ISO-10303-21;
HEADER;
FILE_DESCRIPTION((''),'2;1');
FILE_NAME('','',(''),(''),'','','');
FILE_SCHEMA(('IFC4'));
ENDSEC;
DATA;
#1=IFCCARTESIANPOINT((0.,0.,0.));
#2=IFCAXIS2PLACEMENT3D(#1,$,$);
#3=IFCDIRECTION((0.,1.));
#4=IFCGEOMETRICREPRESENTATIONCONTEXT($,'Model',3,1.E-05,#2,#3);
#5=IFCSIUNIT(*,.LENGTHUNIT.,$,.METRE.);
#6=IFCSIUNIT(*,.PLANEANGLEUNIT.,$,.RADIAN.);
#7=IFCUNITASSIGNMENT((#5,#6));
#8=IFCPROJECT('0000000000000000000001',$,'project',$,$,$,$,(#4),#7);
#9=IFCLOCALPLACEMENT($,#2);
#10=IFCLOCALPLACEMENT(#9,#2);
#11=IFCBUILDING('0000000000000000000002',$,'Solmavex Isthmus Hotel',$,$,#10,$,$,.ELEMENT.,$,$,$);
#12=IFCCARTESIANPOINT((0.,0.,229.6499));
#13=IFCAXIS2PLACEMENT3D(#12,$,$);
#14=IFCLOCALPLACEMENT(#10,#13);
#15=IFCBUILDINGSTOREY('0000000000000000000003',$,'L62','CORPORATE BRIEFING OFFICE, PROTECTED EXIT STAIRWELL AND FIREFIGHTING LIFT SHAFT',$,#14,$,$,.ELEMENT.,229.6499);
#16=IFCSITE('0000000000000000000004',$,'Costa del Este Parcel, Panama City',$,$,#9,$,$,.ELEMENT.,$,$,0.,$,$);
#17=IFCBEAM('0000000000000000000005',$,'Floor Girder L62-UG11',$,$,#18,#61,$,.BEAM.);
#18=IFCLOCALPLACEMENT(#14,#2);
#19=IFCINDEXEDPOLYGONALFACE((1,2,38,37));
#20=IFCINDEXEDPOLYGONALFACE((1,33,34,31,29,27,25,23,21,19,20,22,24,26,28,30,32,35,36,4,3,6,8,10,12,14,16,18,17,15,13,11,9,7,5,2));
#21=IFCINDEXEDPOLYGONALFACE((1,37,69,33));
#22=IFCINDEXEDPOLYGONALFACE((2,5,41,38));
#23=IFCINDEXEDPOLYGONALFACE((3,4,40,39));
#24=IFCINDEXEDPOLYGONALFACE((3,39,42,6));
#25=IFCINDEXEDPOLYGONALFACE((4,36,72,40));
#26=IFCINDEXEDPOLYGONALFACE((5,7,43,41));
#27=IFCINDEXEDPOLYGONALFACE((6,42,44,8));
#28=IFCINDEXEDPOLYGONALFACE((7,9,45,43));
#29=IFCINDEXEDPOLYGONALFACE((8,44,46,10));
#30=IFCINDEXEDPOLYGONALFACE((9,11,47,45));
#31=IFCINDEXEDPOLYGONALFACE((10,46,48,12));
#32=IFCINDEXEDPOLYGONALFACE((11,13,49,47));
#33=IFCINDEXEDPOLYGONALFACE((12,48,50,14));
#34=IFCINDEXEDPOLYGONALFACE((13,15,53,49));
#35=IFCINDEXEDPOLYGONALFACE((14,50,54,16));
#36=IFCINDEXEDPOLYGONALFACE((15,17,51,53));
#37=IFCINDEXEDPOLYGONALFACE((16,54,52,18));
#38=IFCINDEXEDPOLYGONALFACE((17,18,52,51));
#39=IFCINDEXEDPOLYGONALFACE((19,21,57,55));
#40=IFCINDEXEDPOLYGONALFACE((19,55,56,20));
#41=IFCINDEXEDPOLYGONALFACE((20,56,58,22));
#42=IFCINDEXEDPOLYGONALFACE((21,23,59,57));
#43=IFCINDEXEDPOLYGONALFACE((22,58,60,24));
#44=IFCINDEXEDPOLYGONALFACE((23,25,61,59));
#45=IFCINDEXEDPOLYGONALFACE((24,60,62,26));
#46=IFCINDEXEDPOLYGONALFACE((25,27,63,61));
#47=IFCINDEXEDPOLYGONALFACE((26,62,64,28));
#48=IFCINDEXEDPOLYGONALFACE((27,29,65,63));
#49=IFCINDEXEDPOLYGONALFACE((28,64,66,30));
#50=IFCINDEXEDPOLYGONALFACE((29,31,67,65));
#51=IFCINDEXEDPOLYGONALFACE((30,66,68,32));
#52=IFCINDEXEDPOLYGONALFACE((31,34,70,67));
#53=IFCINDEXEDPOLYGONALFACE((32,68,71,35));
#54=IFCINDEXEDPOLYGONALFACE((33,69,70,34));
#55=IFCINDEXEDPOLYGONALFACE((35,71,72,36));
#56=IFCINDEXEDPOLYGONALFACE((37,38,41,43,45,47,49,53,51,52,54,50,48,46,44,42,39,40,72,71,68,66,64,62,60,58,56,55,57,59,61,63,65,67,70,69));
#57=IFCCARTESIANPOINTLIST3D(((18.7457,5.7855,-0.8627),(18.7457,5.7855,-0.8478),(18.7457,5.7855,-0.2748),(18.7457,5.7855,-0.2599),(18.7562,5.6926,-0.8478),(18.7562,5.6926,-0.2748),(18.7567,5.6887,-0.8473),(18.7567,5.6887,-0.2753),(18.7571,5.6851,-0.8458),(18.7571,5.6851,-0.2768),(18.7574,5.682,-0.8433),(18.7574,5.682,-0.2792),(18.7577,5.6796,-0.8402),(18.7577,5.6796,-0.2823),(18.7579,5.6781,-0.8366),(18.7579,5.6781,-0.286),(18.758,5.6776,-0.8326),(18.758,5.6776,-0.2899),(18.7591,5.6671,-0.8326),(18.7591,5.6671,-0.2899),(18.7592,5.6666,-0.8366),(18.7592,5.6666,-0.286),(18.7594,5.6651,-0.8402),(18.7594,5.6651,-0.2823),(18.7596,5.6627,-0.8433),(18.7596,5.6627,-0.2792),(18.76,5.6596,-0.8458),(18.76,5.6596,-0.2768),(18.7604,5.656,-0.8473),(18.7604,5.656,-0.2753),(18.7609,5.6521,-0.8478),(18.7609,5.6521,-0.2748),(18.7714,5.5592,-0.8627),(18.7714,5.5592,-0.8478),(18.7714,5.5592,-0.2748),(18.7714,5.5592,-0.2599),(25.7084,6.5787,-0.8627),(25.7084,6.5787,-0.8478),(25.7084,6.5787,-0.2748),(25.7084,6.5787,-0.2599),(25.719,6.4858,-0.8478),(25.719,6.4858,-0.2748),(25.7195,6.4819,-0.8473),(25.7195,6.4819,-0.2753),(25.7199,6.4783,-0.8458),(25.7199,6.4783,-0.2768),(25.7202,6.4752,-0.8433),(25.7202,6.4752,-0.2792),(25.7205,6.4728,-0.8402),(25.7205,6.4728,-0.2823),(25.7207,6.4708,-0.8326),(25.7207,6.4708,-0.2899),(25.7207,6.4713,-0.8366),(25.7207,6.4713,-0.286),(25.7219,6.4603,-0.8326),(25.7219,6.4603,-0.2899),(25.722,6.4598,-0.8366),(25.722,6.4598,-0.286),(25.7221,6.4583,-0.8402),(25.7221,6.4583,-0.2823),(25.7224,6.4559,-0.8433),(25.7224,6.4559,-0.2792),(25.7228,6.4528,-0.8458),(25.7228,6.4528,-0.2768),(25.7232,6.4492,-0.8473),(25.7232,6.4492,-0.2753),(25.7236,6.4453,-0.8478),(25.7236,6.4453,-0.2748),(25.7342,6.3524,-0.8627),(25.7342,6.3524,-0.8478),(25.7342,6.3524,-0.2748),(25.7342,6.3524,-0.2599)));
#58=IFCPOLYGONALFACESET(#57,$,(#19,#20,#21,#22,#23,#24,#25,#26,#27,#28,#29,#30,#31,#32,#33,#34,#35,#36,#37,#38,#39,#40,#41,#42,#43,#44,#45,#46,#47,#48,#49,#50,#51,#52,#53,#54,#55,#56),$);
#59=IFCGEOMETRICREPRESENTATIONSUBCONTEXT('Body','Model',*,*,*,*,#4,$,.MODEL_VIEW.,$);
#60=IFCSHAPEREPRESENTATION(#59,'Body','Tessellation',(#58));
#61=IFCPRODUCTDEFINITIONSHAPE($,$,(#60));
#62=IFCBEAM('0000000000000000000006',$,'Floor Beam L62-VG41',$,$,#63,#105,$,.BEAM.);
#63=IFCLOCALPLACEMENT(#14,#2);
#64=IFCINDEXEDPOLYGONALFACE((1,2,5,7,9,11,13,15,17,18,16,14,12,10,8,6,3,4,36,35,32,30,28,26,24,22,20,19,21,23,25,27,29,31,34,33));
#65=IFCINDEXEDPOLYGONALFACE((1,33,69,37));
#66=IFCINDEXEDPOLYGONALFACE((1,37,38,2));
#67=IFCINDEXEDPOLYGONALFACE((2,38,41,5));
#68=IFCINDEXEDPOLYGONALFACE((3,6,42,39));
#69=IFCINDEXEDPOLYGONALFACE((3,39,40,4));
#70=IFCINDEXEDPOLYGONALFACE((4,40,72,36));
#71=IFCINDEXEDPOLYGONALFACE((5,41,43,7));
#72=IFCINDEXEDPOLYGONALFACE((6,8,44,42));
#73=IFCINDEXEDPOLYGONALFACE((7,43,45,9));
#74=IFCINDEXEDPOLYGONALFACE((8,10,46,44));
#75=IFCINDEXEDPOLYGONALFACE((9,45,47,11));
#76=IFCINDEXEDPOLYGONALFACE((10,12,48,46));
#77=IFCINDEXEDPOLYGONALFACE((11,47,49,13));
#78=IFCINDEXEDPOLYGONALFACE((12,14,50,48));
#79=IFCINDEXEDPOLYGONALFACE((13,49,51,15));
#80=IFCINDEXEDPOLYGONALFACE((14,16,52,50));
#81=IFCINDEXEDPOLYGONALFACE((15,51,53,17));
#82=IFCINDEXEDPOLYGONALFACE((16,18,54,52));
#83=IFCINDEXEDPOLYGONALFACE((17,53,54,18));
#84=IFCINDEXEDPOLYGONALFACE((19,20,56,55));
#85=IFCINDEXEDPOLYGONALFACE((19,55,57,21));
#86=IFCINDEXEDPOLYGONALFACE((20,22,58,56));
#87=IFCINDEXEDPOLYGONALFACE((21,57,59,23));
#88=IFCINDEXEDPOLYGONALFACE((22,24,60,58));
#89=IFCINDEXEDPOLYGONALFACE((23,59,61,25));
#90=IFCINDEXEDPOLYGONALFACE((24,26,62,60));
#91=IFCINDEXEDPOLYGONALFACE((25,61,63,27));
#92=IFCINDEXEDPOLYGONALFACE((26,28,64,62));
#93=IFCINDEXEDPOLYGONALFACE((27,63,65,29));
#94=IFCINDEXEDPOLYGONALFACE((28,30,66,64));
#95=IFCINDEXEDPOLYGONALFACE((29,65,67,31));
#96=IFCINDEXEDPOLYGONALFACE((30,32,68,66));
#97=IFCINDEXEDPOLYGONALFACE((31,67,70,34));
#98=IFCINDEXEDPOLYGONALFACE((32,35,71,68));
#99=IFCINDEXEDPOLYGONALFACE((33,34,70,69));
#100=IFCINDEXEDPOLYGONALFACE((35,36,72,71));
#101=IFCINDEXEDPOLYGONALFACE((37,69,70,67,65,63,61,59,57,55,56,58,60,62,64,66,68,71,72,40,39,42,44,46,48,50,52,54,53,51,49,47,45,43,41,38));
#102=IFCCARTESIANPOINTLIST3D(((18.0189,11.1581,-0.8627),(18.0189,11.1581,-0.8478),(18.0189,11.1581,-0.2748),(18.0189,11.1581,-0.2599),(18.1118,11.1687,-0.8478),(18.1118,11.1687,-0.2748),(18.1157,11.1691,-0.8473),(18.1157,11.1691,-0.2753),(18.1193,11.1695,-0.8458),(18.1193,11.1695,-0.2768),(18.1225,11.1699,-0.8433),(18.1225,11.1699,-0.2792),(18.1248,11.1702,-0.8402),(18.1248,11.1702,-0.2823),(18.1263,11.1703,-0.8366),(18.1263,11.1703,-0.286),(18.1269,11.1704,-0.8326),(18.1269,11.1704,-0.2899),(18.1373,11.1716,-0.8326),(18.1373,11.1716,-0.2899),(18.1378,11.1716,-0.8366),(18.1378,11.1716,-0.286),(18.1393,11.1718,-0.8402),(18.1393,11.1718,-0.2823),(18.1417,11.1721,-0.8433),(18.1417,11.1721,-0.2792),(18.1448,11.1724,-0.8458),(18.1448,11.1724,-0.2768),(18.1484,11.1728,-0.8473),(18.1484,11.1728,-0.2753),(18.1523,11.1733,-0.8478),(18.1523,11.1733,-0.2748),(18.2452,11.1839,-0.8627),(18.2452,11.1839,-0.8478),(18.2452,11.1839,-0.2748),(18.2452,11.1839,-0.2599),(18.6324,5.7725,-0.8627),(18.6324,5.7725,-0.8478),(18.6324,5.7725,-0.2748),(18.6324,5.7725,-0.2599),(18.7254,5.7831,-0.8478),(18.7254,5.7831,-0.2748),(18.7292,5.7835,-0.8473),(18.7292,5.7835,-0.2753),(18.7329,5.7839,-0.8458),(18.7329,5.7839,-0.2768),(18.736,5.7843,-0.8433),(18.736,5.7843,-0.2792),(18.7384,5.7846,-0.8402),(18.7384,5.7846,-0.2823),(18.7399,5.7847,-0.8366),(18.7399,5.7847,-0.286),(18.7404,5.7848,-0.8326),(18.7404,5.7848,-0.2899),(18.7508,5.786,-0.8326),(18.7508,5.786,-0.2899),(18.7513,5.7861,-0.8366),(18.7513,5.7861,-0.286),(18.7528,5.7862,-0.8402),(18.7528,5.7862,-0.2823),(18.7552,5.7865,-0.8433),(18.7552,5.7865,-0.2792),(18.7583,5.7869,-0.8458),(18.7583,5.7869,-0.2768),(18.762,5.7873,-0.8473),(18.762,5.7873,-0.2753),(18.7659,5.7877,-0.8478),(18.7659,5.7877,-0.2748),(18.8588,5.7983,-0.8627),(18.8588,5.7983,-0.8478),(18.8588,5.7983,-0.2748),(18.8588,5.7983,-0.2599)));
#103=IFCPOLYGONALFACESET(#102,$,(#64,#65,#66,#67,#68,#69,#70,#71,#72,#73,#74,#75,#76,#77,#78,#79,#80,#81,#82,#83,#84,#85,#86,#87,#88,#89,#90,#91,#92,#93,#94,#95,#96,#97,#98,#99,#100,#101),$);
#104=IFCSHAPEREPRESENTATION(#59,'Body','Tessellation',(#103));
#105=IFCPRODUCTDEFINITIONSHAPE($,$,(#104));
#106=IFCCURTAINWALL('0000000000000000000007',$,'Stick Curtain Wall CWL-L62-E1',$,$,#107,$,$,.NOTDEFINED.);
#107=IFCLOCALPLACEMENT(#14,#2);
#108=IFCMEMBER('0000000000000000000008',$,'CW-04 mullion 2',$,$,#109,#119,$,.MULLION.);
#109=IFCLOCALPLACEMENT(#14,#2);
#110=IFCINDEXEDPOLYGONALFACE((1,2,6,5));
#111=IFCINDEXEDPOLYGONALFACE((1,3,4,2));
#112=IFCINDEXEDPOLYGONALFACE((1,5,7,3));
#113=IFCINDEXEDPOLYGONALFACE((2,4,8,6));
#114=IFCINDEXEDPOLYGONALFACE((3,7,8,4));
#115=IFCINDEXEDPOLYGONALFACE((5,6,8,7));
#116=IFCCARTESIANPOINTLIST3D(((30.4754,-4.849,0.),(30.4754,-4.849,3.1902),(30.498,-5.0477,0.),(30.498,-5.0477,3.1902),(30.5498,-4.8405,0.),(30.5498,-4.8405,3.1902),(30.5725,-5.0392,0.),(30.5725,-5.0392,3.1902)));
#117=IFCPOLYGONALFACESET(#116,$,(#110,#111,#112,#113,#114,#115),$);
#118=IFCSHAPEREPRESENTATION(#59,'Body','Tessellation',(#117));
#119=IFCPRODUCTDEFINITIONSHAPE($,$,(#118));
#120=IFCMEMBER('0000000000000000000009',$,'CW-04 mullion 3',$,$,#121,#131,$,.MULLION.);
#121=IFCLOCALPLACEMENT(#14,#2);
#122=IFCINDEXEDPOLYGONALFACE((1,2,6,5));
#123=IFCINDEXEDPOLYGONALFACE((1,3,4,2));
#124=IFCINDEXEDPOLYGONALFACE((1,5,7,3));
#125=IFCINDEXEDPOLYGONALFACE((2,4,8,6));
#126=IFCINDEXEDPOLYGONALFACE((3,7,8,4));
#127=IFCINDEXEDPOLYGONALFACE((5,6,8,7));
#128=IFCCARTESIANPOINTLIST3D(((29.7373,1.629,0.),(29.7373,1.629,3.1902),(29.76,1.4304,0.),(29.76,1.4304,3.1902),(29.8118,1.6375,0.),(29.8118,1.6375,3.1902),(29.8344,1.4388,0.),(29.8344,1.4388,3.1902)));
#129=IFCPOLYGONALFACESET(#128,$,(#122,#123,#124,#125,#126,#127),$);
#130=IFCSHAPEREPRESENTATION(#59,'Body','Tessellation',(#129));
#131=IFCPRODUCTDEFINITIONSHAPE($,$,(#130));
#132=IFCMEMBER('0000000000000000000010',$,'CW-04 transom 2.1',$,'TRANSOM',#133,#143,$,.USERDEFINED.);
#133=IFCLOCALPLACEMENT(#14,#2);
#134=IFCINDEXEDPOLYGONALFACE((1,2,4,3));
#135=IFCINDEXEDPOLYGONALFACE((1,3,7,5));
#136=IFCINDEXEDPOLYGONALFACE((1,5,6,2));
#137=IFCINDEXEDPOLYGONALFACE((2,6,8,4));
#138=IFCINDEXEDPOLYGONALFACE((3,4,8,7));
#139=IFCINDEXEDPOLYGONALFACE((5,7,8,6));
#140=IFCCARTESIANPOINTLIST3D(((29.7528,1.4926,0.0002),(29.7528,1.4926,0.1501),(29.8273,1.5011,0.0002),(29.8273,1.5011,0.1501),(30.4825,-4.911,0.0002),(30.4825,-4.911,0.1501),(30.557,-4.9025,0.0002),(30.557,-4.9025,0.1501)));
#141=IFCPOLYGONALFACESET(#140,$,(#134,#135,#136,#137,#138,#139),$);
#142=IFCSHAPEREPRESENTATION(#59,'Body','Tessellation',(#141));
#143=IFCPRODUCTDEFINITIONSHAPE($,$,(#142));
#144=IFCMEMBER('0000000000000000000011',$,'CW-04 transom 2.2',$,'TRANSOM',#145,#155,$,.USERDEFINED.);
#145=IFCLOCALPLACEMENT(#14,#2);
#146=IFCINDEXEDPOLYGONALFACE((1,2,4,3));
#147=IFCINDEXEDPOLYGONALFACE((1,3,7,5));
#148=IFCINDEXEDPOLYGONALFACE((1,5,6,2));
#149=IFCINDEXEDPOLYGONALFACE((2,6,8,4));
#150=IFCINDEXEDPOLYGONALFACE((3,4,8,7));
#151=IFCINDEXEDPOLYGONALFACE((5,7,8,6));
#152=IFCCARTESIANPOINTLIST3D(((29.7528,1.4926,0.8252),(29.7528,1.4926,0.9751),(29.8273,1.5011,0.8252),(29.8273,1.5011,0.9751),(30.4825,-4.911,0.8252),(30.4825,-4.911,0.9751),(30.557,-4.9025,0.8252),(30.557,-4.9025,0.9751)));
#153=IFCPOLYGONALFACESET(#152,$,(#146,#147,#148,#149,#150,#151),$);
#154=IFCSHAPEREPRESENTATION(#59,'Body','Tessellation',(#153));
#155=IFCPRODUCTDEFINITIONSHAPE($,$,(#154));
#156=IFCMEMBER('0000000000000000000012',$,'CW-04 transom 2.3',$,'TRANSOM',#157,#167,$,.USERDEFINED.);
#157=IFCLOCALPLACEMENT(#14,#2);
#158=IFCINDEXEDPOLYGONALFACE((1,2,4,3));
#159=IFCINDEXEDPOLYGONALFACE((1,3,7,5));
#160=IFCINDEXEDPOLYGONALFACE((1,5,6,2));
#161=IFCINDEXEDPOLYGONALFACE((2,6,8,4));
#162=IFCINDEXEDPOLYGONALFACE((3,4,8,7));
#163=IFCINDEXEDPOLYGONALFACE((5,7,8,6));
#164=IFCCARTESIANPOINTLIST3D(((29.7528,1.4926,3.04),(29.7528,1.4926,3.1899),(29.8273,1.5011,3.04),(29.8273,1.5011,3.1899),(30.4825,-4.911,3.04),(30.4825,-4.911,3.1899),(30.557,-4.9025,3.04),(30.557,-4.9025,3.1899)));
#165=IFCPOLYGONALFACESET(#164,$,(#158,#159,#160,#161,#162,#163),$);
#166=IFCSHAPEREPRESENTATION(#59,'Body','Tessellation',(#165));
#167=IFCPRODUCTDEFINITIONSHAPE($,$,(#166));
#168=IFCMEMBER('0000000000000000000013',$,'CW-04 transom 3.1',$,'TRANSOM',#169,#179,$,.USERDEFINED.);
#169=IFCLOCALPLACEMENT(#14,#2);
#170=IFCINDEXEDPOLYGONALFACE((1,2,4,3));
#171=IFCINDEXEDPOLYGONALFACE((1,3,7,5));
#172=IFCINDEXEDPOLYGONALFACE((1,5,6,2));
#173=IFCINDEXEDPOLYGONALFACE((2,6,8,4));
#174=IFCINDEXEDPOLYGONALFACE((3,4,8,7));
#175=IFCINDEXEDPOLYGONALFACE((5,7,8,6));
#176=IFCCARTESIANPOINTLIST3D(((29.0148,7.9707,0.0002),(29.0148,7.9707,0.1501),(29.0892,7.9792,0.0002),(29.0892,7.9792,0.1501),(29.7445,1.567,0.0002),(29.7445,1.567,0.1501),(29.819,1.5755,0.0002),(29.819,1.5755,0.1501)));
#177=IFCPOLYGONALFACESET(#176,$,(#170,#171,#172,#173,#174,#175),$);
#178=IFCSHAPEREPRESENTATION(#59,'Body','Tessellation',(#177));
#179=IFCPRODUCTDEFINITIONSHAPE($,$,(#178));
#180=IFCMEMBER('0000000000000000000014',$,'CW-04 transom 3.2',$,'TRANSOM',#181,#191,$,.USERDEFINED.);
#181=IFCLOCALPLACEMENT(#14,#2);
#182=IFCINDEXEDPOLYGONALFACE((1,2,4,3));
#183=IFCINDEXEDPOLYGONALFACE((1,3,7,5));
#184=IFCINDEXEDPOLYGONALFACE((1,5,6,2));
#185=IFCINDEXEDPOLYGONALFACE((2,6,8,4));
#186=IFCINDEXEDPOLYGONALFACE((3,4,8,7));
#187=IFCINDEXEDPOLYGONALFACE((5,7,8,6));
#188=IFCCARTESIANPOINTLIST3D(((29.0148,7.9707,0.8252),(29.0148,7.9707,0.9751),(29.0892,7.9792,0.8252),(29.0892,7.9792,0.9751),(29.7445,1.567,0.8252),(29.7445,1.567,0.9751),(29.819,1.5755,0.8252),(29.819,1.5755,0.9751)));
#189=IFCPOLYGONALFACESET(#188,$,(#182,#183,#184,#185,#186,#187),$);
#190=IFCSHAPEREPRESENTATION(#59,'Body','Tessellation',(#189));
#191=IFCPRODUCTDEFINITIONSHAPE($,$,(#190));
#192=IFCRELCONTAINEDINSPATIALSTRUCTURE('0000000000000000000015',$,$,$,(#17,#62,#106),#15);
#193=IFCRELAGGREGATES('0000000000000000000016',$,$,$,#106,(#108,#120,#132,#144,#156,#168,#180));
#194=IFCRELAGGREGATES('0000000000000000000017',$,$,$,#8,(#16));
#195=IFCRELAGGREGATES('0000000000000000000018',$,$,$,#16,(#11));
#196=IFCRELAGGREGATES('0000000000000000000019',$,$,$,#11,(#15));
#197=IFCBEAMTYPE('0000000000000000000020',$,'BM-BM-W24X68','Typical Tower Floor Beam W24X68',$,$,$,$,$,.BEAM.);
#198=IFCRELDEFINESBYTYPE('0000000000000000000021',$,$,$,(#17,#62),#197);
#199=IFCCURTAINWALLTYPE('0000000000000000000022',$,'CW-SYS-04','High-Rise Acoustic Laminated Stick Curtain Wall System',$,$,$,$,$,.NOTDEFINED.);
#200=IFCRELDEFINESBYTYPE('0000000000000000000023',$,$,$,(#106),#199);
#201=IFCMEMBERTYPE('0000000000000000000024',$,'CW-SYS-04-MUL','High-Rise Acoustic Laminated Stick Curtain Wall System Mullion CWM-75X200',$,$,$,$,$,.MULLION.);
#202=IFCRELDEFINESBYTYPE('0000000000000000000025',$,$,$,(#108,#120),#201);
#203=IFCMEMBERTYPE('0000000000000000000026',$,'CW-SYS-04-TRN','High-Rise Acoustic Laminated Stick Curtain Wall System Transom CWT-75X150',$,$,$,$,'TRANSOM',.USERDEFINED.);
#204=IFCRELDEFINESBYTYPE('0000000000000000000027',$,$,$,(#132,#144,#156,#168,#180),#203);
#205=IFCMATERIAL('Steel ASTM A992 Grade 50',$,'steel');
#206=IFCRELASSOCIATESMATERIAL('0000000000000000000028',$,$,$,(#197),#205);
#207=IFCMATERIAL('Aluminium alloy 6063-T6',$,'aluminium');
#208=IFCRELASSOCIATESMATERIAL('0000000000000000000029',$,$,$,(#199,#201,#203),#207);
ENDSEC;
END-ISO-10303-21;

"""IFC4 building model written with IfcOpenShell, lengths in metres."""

from ifc_helpers import new_model, si_unit, direction, frame, origin, origin_2d, place, context, subcontext, project, spatial, rectangle, i_section, extrude, material, material_profile, profile_set, type_object, element, aggregate, save


model = new_model("IFC4")

# Units and contexts
model_context = context("Model", 3, precision=1e-05, world=origin(), true_north=direction((0.0, 1.0)))
body_context = subcontext(model_context, "Body", "Model", "MODEL_VIEW")
ifc_project = project(units=[si_unit("LENGTHUNIT", "METRE"), si_unit("PLANEANGLEUNIT", "RADIAN")], contexts=[model_context])

# Site, building, storey
site_placement = place(None, origin())
site = spatial("IfcSite", under=ifc_project, at=site_placement, Name="Costa del Este Parcel, Panama City", CompositionType="ELEMENT", RefElevation=0.0)
building_placement = place(site_placement, origin())
building = spatial("IfcBuilding", under=site, at=building_placement, Name="Solmavex Isthmus Hotel", CompositionType="ELEMENT")
storey_placement = place(building_placement, frame((0.0, 0.0, 229.6499)))
storey = spatial("IfcBuildingStorey", under=building, at=storey_placement, Name="L62", Description="CORPORATE BRIEFING OFFICE, PROTECTED EXIT STAIRWELL AND FIREFIGHTING LIFT SHAFT", CompositionType="ELEMENT", Elevation=229.6499)

# Beams
ifc_material_1 = material(Name="Steel ASTM A992 Grade 50", Category="steel")
ifc_material_profile_1 = material_profile(ifc_material_1, i_section(OverallWidth=0.2278, OverallDepth=0.6028, WebThickness=0.0105, FlangeThickness=0.0149, FilletRadius=0.0151, at=origin_2d()), Name="W24X68")
ifc_profile_set_1 = profile_set([ifc_material_profile_1], Name="Steel ASTM A992 Grade 50")
beam_type_1 = type_object("IfcBeamType", Name="BM-BM-W24X68", Description="Typical Tower Floor Beam W24X68", PredefinedType="BEAM", material=ifc_profile_set_1)
beam_1_placement = place(storey_placement, frame((18.7585, 5.6724, -0.5613), z_axis=(0.993574, 0.113188, 0.0), x_axis=(-0.113188, 0.993574, 0.0)))
element("IfcBeam", 1, at=beam_1_placement, inside=storey, type_object=beam_type_1, Name="Floor Girder L62-UG11", PredefinedType="BEAM", context=body_context, shape_type="SweptSolid", body=[
    extrude(i_section(OverallWidth=0.2278, OverallDepth=0.6028, WebThickness=0.0105, FlangeThickness=0.0149, FilletRadius=0.0151, at=origin_2d()), origin(), (0.0, 0.0, 1.0), 7.0078),
])
beam_2_placement = place(storey_placement, frame((18.7456, 5.7854, -0.5613), z_axis=(-0.11319, 0.993573, 0.0), x_axis=(-0.993573, -0.11319, 0.0)))
element("IfcBeam", 2, at=beam_2_placement, inside=storey, type_object=beam_type_1, Name="Floor Beam L62-VG41", PredefinedType="BEAM", context=body_context, shape_type="SweptSolid", body=[
    extrude(i_section(OverallWidth=0.2278, OverallDepth=0.6028, WebThickness=0.0105, FlangeThickness=0.0149, FilletRadius=0.0151, at=origin_2d()), origin(), (0.0, 0.0, 1.0), 5.4204),
])

# Curtain wall, members
ifc_material_2 = material(Name="Aluminium alloy 6063-T6", Category="aluminium")
curtain_wall_type = type_object("IfcCurtainWallType", Name="CW-SYS-04", Description="High-Rise Acoustic Laminated Stick Curtain Wall System", PredefinedType="NOTDEFINED", material=ifc_material_2)
curtain_wall_placement = place(storey_placement, origin())
curtain_wall = element("IfcCurtainWall", 3, at=curtain_wall_placement, inside=storey, type_object=curtain_wall_type, Name="Stick Curtain Wall CWL-L62-E1", PredefinedType="NOTDEFINED")
ifc_material_profile_2 = material_profile(ifc_material_2, rectangle(XDim=0.075, YDim=0.2, at=origin_2d()), Name="CWM-75X200")
ifc_profile_set_2 = profile_set([ifc_material_profile_2], Name="Aluminium alloy 6063-T6")
member_type_1 = type_object("IfcMemberType", Name="CW-SYS-04-MUL", Description="High-Rise Acoustic Laminated Stick Curtain Wall System Mullion CWM-75X200", PredefinedType="MULLION", material=ifc_profile_set_2)
member_1_placement = place(storey_placement, frame((30.5239, -4.9441, 0.0), z_axis=(0.0, 0.0, 1.0), x_axis=(-0.993572, -0.113203, 0.0)))
member_1 = element("IfcMember", 4, at=member_1_placement, type_object=member_type_1, Name="CW-04 mullion 2", PredefinedType="MULLION", context=body_context, shape_type="SweptSolid", body=[
    extrude(rectangle(XDim=0.075, YDim=0.2, at=origin_2d()), origin(), (0.0, 0.0, 1.0), 3.1902),
])
member_2_placement = place(storey_placement, frame((29.7859, 1.5339, 0.0), z_axis=(0.0, 0.0, 1.0), x_axis=(-0.993572, -0.113203, 0.0)))
member_2 = element("IfcMember", 5, at=member_2_placement, type_object=member_type_1, Name="CW-04 mullion 3", PredefinedType="MULLION", context=body_context, shape_type="SweptSolid", body=[
    extrude(rectangle(XDim=0.075, YDim=0.2, at=origin_2d()), origin(), (0.0, 0.0, 1.0), 3.1902),
])
ifc_material_profile_3 = material_profile(ifc_material_2, rectangle(XDim=0.075, YDim=0.1499, at=origin_2d()), Name="CWT-75X150")
ifc_profile_set_3 = profile_set([ifc_material_profile_3], Name="Aluminium alloy 6063-T6")
member_type_2 = type_object("IfcMemberType", Name="CW-SYS-04-TRN", Description="High-Rise Acoustic Laminated Stick Curtain Wall System Transom CWT-75X150", ElementType="TRANSOM", PredefinedType="USERDEFINED", material=ifc_profile_set_3)
member_3_placement = place(storey_placement, frame((30.5198, -4.9067, 0.0752), z_axis=(-0.113225, 0.993569, 0.0), x_axis=(-0.993569, -0.113225, 0.0)))
member_3 = element("IfcMember", 6, at=member_3_placement, type_object=member_type_2, Name="CW-04 transom 2.1", ObjectType="TRANSOM", PredefinedType="USERDEFINED", context=body_context, shape_type="SweptSolid", body=[
    extrude(rectangle(XDim=0.075, YDim=0.1499, at=origin_2d()), origin(), (0.0, 0.0, 1.0), 6.4451),
])
member_4_placement = place(storey_placement, frame((30.5198, -4.9067, 0.9001), z_axis=(-0.113225, 0.993569, 0.0), x_axis=(-0.993569, -0.113225, 0.0)))
member_4 = element("IfcMember", 7, at=member_4_placement, type_object=member_type_2, Name="CW-04 transom 2.2", ObjectType="TRANSOM", PredefinedType="USERDEFINED", context=body_context, shape_type="SweptSolid", body=[
    extrude(rectangle(XDim=0.075, YDim=0.1499, at=origin_2d()), origin(), (0.0, 0.0, 1.0), 6.4451),
])
member_5_placement = place(storey_placement, frame((30.5198, -4.9067, 3.115), z_axis=(-0.113225, 0.993569, 0.0), x_axis=(-0.993569, -0.113225, 0.0)))
member_5 = element("IfcMember", 8, at=member_5_placement, type_object=member_type_2, Name="CW-04 transom 2.3", ObjectType="TRANSOM", PredefinedType="USERDEFINED", context=body_context, shape_type="SweptSolid", body=[
    extrude(rectangle(XDim=0.075, YDim=0.1499, at=origin_2d()), origin(), (0.0, 0.0, 1.0), 6.4451),
])
member_6_placement = place(storey_placement, frame((29.7817, 1.5713, 0.0752), z_axis=(-0.113225, 0.993569, 0.0), x_axis=(-0.993569, -0.113225, 0.0)))
member_6 = element("IfcMember", 9, at=member_6_placement, type_object=member_type_2, Name="CW-04 transom 3.1", ObjectType="TRANSOM", PredefinedType="USERDEFINED", context=body_context, shape_type="SweptSolid", body=[
    extrude(rectangle(XDim=0.075, YDim=0.1499, at=origin_2d()), origin(), (0.0, 0.0, 1.0), 6.4451),
])
member_7_placement = place(storey_placement, frame((29.7817, 1.5713, 0.9001), z_axis=(-0.113225, 0.993569, 0.0), x_axis=(-0.993569, -0.113225, 0.0)))
member_7 = element("IfcMember", 10, at=member_7_placement, type_object=member_type_2, Name="CW-04 transom 3.2", ObjectType="TRANSOM", PredefinedType="USERDEFINED", context=body_context, shape_type="SweptSolid", body=[
    extrude(rectangle(XDim=0.075, YDim=0.1499, at=origin_2d()), origin(), (0.0, 0.0, 1.0), 6.4451),
])
aggregate(curtain_wall, [member_1, member_2, member_3, member_4, member_5, member_6, member_7])

save(model, "model.ifc")
